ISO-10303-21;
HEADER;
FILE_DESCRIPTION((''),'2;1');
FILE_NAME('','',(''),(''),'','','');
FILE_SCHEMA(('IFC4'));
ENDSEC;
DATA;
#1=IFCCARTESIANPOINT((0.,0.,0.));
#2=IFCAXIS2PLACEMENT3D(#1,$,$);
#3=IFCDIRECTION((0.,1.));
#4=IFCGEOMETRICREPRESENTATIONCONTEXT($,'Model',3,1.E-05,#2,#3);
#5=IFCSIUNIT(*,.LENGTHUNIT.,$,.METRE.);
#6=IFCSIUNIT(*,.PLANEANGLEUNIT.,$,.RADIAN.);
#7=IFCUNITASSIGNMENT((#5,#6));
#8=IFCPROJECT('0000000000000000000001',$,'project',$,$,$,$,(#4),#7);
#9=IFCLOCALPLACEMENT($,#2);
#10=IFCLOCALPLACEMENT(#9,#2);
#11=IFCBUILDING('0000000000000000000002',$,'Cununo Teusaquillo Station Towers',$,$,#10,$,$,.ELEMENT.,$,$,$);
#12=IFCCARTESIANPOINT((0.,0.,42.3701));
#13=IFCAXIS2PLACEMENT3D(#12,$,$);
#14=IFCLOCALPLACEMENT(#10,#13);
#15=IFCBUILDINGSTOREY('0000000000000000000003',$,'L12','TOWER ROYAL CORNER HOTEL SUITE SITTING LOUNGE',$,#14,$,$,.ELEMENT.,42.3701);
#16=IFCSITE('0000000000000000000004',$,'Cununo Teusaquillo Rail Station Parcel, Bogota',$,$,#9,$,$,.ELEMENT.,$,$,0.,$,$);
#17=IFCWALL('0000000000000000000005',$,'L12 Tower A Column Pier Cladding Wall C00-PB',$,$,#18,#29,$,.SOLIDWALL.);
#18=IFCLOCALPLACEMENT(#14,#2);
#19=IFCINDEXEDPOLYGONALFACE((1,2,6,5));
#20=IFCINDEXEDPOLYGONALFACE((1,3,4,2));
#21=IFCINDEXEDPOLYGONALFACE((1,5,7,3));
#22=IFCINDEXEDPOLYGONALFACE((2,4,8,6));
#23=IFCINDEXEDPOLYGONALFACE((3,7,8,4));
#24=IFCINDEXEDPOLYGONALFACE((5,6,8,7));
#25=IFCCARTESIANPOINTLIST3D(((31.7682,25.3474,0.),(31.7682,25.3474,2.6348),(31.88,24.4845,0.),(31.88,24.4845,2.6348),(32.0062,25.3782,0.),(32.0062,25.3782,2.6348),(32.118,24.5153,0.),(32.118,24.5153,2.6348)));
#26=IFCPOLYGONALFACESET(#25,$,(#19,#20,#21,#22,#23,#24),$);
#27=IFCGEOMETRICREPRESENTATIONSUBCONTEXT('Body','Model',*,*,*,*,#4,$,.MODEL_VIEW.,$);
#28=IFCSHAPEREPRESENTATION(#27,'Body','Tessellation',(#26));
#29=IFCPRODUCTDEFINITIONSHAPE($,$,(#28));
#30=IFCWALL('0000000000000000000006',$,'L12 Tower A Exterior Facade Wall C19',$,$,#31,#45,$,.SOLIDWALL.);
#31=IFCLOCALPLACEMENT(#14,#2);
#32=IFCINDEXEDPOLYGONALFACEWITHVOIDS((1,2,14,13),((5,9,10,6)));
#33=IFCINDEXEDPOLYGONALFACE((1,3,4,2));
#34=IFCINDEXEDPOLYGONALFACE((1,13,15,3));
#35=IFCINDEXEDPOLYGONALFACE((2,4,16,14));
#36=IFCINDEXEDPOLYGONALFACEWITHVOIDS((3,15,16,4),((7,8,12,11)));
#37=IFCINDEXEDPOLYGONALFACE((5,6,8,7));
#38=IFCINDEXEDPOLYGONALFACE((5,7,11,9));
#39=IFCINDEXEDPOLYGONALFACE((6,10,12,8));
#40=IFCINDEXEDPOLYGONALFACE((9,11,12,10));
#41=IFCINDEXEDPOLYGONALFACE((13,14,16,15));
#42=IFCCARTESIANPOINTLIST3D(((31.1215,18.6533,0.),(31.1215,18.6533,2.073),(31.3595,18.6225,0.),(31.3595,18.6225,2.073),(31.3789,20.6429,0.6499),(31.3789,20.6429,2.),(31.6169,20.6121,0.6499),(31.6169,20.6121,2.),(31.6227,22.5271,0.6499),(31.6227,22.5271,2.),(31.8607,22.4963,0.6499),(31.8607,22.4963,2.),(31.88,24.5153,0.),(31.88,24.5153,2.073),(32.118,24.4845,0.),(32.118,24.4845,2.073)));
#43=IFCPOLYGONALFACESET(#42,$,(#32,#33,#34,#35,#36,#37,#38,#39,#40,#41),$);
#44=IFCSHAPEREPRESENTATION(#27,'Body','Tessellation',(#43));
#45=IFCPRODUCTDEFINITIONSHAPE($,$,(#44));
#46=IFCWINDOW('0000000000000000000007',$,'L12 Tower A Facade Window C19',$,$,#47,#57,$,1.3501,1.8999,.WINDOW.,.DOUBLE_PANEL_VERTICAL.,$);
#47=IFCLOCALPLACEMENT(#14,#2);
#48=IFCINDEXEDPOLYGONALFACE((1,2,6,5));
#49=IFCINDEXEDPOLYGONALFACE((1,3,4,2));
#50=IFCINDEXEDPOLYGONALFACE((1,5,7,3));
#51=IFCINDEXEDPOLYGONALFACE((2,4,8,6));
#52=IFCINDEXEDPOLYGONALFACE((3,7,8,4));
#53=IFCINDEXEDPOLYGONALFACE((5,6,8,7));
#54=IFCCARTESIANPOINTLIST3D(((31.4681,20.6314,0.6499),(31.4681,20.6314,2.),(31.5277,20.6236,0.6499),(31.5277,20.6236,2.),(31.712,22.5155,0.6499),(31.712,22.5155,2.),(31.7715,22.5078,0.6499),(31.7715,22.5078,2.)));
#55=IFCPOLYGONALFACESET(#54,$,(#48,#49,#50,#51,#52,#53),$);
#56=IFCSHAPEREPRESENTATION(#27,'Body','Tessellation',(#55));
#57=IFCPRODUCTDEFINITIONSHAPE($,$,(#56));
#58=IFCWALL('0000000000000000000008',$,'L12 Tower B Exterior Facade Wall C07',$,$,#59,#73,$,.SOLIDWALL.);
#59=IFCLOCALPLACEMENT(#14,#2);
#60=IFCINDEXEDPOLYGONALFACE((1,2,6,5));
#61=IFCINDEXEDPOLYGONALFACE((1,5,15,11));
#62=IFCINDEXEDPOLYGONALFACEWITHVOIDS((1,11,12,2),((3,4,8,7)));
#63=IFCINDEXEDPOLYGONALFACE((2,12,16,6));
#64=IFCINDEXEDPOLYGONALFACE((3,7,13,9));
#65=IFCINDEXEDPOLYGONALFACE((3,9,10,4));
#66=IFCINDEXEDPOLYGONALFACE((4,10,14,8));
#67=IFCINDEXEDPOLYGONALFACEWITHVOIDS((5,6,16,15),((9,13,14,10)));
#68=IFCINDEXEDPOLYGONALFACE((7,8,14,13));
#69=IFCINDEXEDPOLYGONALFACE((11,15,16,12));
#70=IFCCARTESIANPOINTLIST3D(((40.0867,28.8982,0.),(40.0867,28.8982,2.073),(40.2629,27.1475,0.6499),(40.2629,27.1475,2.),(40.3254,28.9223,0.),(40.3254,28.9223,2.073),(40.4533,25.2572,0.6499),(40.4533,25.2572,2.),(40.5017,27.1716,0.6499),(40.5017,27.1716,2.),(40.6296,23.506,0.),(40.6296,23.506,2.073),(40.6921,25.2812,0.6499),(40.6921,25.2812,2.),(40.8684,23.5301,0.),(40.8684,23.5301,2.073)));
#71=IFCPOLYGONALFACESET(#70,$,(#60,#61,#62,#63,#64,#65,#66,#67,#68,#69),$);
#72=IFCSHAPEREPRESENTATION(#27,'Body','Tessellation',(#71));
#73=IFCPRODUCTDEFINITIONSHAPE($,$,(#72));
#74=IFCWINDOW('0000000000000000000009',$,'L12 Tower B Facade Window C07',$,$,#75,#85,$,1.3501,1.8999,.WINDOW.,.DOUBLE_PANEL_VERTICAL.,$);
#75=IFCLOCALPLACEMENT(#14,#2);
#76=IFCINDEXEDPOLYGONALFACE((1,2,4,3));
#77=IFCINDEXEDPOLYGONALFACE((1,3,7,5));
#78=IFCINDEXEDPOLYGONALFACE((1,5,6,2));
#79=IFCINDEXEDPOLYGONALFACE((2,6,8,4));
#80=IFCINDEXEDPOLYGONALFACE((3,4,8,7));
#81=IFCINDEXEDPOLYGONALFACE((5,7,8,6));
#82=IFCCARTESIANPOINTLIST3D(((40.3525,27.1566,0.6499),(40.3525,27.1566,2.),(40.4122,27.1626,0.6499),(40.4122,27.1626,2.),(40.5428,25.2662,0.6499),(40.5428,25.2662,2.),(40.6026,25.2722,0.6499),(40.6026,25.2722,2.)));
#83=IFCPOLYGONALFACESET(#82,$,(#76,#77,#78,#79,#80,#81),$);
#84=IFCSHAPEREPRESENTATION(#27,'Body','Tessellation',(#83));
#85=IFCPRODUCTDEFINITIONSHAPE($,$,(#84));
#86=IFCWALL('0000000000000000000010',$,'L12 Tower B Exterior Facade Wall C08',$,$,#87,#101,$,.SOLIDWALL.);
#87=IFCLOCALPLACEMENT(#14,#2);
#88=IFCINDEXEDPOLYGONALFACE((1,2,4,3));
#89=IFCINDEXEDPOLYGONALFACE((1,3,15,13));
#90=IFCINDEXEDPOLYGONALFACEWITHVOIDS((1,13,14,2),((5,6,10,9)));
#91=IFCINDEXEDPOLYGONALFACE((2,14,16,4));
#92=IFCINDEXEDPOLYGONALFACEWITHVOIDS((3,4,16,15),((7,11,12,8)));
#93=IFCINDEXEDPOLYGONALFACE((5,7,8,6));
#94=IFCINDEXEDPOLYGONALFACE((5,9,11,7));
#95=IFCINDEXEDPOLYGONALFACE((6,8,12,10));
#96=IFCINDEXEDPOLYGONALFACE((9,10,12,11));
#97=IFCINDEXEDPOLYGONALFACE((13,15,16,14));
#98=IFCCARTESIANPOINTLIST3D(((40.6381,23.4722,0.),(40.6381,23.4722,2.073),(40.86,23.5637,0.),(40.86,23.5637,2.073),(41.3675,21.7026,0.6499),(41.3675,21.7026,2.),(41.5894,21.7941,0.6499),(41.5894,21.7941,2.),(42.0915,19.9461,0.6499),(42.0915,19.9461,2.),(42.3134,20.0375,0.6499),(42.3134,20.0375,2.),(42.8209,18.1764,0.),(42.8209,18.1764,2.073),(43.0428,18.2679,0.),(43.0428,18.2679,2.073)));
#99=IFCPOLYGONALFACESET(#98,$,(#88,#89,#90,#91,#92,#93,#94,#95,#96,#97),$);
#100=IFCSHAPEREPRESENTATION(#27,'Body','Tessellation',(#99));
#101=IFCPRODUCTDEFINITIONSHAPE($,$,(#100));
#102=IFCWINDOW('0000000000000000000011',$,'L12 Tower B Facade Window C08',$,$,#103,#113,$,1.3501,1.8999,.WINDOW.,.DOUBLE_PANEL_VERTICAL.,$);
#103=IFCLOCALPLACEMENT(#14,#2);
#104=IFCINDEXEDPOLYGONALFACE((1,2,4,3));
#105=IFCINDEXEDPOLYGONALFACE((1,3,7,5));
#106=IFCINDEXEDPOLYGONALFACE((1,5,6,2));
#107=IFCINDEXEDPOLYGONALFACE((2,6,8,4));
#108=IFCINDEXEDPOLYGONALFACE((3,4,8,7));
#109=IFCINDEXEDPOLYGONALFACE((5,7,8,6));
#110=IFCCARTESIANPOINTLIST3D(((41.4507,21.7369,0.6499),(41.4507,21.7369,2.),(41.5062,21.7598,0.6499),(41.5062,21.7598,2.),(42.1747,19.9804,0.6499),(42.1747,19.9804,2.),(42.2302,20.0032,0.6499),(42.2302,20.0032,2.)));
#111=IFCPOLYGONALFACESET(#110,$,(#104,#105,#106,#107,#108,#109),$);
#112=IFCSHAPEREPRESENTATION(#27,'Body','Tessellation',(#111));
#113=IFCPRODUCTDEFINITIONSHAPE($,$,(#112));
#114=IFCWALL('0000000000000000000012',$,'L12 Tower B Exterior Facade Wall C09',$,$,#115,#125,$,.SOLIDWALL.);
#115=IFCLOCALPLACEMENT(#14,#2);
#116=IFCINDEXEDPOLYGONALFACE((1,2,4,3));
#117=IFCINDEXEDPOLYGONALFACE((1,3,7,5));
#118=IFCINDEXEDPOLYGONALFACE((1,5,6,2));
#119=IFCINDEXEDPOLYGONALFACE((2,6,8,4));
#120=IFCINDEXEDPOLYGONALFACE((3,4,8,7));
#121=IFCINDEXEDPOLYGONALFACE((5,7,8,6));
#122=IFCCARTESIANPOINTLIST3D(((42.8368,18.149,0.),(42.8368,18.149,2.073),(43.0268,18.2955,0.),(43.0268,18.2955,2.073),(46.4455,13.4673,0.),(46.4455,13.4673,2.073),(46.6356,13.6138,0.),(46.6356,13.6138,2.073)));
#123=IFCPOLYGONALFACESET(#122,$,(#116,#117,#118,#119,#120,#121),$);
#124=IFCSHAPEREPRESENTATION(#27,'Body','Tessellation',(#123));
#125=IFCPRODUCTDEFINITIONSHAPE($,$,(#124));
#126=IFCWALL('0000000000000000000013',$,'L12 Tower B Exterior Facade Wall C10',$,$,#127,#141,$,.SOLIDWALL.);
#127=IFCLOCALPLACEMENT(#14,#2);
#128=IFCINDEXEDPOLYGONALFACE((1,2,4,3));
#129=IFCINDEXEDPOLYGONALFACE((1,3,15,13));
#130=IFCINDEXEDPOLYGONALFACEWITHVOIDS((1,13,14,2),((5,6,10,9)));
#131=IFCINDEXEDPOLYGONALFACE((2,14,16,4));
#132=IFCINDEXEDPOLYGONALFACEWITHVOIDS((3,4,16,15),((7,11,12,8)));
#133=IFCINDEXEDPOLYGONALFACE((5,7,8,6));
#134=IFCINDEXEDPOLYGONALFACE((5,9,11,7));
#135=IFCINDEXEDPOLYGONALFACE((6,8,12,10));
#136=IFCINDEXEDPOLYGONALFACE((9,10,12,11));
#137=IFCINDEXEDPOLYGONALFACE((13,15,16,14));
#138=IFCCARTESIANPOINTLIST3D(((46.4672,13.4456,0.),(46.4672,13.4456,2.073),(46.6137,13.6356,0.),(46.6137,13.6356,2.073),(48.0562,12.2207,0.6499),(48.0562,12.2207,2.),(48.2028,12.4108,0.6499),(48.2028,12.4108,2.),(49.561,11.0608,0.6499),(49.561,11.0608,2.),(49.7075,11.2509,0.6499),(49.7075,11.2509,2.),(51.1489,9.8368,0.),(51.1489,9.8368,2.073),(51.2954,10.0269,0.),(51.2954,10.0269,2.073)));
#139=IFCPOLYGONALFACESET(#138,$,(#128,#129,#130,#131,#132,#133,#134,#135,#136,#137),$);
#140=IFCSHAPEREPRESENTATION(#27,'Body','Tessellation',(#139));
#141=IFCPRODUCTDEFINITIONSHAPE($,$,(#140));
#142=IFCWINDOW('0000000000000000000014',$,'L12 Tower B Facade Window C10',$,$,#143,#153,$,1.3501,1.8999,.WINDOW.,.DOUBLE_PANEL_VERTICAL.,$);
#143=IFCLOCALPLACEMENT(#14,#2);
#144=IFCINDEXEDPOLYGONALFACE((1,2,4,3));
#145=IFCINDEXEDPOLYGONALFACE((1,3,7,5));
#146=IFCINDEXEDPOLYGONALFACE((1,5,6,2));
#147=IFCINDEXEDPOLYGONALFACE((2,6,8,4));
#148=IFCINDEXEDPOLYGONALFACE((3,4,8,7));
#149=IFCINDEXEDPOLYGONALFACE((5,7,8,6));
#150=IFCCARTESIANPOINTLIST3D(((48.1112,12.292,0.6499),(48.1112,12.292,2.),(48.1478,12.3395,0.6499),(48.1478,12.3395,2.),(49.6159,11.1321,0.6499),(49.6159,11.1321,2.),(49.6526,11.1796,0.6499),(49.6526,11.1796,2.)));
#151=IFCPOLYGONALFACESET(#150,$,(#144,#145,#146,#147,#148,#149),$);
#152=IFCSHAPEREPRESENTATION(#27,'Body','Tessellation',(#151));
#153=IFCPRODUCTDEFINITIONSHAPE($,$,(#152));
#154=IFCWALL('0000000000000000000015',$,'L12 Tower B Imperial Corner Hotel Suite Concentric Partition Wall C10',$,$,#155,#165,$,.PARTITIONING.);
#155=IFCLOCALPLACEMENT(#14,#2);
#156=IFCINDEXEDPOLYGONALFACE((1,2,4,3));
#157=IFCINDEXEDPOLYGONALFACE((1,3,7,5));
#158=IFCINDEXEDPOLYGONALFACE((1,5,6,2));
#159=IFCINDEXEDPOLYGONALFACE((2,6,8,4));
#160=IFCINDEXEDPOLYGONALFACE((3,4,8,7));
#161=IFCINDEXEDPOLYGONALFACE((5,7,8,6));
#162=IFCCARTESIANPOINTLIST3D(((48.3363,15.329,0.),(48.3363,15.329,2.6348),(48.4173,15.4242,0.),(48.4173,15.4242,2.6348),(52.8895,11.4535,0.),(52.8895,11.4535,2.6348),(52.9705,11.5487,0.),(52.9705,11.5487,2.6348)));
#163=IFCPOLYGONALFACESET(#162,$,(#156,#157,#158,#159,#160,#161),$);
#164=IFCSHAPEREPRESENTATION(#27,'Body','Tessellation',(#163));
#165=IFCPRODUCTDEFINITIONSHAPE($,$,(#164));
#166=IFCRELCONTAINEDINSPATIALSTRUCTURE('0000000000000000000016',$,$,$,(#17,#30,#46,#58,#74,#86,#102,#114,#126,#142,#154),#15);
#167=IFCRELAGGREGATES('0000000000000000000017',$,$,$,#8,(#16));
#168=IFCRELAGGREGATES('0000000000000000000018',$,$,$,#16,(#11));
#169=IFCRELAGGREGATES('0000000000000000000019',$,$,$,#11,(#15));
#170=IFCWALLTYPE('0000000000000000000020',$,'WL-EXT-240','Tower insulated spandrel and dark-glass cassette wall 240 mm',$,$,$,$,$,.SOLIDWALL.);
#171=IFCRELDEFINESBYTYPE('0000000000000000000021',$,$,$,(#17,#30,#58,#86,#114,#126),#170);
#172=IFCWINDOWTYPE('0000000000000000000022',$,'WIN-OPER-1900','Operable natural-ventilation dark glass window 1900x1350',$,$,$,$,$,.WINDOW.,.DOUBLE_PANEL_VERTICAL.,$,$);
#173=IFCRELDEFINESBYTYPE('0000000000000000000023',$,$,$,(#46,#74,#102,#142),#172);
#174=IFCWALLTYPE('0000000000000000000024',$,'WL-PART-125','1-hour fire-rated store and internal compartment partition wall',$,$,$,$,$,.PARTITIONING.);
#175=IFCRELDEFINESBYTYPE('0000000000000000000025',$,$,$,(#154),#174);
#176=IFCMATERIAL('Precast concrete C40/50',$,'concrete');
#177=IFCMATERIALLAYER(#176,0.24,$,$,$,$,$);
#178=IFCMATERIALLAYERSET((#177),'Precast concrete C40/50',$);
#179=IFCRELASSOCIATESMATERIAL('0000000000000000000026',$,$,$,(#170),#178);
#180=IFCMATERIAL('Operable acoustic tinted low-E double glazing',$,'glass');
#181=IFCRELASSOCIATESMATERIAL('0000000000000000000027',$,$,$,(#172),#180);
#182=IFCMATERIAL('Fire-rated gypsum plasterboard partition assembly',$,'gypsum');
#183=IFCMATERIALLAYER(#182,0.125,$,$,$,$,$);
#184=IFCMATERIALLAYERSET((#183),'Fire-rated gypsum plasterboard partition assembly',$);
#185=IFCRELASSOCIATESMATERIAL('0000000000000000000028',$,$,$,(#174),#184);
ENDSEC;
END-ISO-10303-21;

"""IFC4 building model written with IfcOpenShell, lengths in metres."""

from ifc_helpers import new_model, si_unit, direction, frame, frame_2d, origin, place, context, subcontext, project, spatial, rectangle, extrude, source, transform, mapped, material, layer, layer_set, type_object, element, fill, save


model = new_model("IFC4")

# Units and contexts
model_context = context("Model", 3, precision=1e-05, world=origin(), true_north=direction((0.0, 1.0)))
body_context = subcontext(model_context, "Body", "Model", "MODEL_VIEW")
ifc_project = project(units=[si_unit("LENGTHUNIT", "METRE"), si_unit("PLANEANGLEUNIT", "RADIAN")], contexts=[model_context])

# Site, building, storey
site_placement = place(None, origin())
site = spatial("IfcSite", under=ifc_project, at=site_placement, Name="Cununo Teusaquillo Rail Station Parcel, Bogota", CompositionType="ELEMENT", RefElevation=0.0)
building_placement = place(site_placement, origin())
building = spatial("IfcBuilding", under=site, at=building_placement, Name="Cununo Teusaquillo Station Towers", CompositionType="ELEMENT")
storey_placement = place(building_placement, frame((0.0, 0.0, 42.3701)))
storey = spatial("IfcBuildingStorey", under=building, at=storey_placement, Name="L12", Description="TOWER ROYAL CORNER HOTEL SUITE SITTING LOUNGE", CompositionType="ELEMENT", Elevation=42.3701)

# Wall
ifc_material_1 = material(Name="Precast concrete C40/50", Category="concrete")
ifc_layer_1 = layer(ifc_material_1, 0.24)
ifc_layer_set_1 = layer_set([ifc_layer_1], Name="Precast concrete C40/50")
wall_type_1 = type_object("IfcWallType", Name="WL-EXT-240", Description="Tower insulated spandrel and dark-glass cassette wall 240 mm", PredefinedType="SOLIDWALL", material=ifc_layer_set_1)
wall_1_placement = place(storey_placement, frame((31.8872, 25.3628, 0.0), z_axis=(0.0, 0.0, 1.0), x_axis=(0.128523, -0.991706, 0.0)))
element("IfcWall", 1, at=wall_1_placement, inside=storey, type_object=wall_type_1, Name="L12 Tower A Column Pier Cladding Wall C00-PB", PredefinedType="SOLIDWALL", context=body_context, shape_type="SweptSolid", body=[
    extrude(rectangle(XDim=0.8701, YDim=0.24, at=frame_2d((0.4351, 0.0))), origin(), (0.0, 0.0, 1.0), 2.6348),
])

# Walls, openings, windows
wall_2_placement = place(storey_placement, frame((31.999, 24.5, 0.0), z_axis=(0.0, 0.0, 1.0), x_axis=(-0.128329, -0.991732, 0.0)))
wall_2 = element("IfcWall", 2, at=wall_2_placement, inside=storey, type_object=wall_type_1, Name="L12 Tower A Exterior Facade Wall C19", PredefinedType="SOLIDWALL", context=body_context, shape_type="SweptSolid", body=[
    extrude(rectangle(XDim=5.9109, YDim=0.24, at=frame_2d((2.9556, 0.0))), origin(), (0.0, 0.0, 1.0), 2.073),
])
shared_shape_1 = source(origin(), body_context, "Body", "SweptSolid", [
    extrude(rectangle(XDim=1.8999, YDim=1.3501, at=frame_2d((0.95, 0.675))), frame((0.0, 0.1299, 0.0), z_axis=(0.0, -1.0, 0.0), x_axis=(1.0, 0.0, 0.0)), (0.0, 0.0, 1.0), 0.26),
])
opening_1_placement = place(wall_2_placement, frame((2.0049, 0.0, 0.6499)))
opening_1 = element("IfcOpeningElement", 3, at=opening_1_placement, cuts=wall_2, PredefinedType="OPENING", context=body_context, shape_type="MappedRepresentation", body=[
    mapped(shared_shape_1, transform((0.0, 0.0, 0.0), x_axis=(1.0, 0.0, 0.0), y_axis=(0.0, 1.0, 0.0), z_axis=(0.0, 0.0, 1.0), scale=1.0)),
])
ifc_material_2 = material(Name="Operable acoustic tinted low-E double glazing", Category="glass")
window_type = type_object("IfcWindowType", Name="WIN-OPER-1900", Description="Operable natural-ventilation dark glass window 1900x1350", PartitioningType="DOUBLE_PANEL_VERTICAL", PredefinedType="WINDOW", material=ifc_material_2)
shared_shape_2 = source(origin(), body_context, "Body", "SweptSolid", [
    extrude(rectangle(XDim=1.8999, YDim=1.3501, at=frame_2d((0.95, 0.675))), frame((0.0, 0.03, 0.0), z_axis=(0.0, -1.0, 0.0), x_axis=(1.0, 0.0, 0.0)), (0.0, 0.0, 1.0), 0.0601),
])
window_1_placement = place(opening_1_placement, origin())
window_1 = element("IfcWindow", 4, at=window_1_placement, inside=storey, type_object=window_type, Name="L12 Tower A Facade Window C19", OverallHeight=1.3501, OverallWidth=1.8999, PartitioningType="DOUBLE_PANEL_VERTICAL", PredefinedType="WINDOW", context=body_context, shape_type="MappedRepresentation", body=[
    mapped(shared_shape_2, transform((0.0, 0.0, 0.0), x_axis=(1.0, 0.0, 0.0), y_axis=(0.0, 1.0, 0.0), z_axis=(0.0, 0.0, 1.0), scale=1.0)),
])
fill(opening_1, window_1)
wall_3_placement = place(storey_placement, frame((40.749, 23.5181, 0.0), z_axis=(0.0, 0.0, 1.0), x_axis=(-0.100191, 0.994968, 0.0)))
wall_3 = element("IfcWall", 5, at=wall_3_placement, inside=storey, type_object=wall_type_1, Name="L12 Tower B Exterior Facade Wall C07", PredefinedType="SOLIDWALL", context=body_context, shape_type="SweptSolid", body=[
    extrude(rectangle(XDim=5.4194, YDim=0.24, at=frame_2d((2.7097, 0.0))), origin(), (0.0, 0.0, 1.0), 2.073),
])
opening_2_placement = place(wall_3_placement, frame((1.76, 0.0, 0.6499)))
opening_2 = element("IfcOpeningElement", 6, at=opening_2_placement, cuts=wall_3, PredefinedType="OPENING", context=body_context, shape_type="MappedRepresentation", body=[
    mapped(shared_shape_1, transform((0.0, 0.0, 0.0), x_axis=(1.0, 0.0, 0.0), y_axis=(0.0, 1.0, 0.0), z_axis=(0.0, 0.0, 1.0), scale=1.0)),
])
window_2_placement = place(opening_2_placement, origin())
window_2 = element("IfcWindow", 7, at=window_2_placement, inside=storey, type_object=window_type, Name="L12 Tower B Facade Window C07", OverallHeight=1.3501, OverallWidth=1.8999, PartitioningType="DOUBLE_PANEL_VERTICAL", PredefinedType="WINDOW", context=body_context, shape_type="MappedRepresentation", body=[
    mapped(shared_shape_2, transform((0.0, 0.0, 0.0), x_axis=(1.0, 0.0, 0.0), y_axis=(0.0, 1.0, 0.0), z_axis=(0.0, 0.0, 1.0), scale=1.0)),
])
fill(opening_2, window_2)
wall_4_placement = place(storey_placement, frame((42.9319, 18.2222, 0.0), z_axis=(0.0, 0.0, 1.0), x_axis=(-0.381078, 0.924543, 0.0)))
wall_4 = element("IfcWall", 8, at=wall_4_placement, inside=storey, type_object=wall_type_1, Name="L12 Tower B Exterior Facade Wall C08", PredefinedType="SOLIDWALL", context=body_context, shape_type="SweptSolid", body=[
    extrude(rectangle(XDim=5.728, YDim=0.24, at=frame_2d((2.864, 0.0))), origin(), (0.0, 0.0, 1.0), 2.073),
])
opening_3_placement = place(wall_4_placement, frame((1.9141, 0.0, 0.6499)))
opening_3 = element("IfcOpeningElement", 9, at=opening_3_placement, cuts=wall_4, PredefinedType="OPENING", context=body_context, shape_type="MappedRepresentation", body=[
    mapped(shared_shape_1, transform((0.0, 0.0, 0.0), x_axis=(1.0, 0.0, 0.0), y_axis=(0.0, 1.0, 0.0), z_axis=(0.0, 0.0, 1.0), scale=1.0)),
])
window_3_placement = place(opening_3_placement, origin())
window_3 = element("IfcWindow", 10, at=window_3_placement, inside=storey, type_object=window_type, Name="L12 Tower B Facade Window C08", OverallHeight=1.3501, OverallWidth=1.8999, PartitioningType="DOUBLE_PANEL_VERTICAL", PredefinedType="WINDOW", context=body_context, shape_type="MappedRepresentation", body=[
    mapped(shared_shape_2, transform((0.0, 0.0, 0.0), x_axis=(1.0, 0.0, 0.0), y_axis=(0.0, 1.0, 0.0), z_axis=(0.0, 0.0, 1.0), scale=1.0)),
])
fill(opening_3, window_3)

# Wall
wall_5_placement = place(storey_placement, frame((46.5405, 13.5405, 0.0), z_axis=(0.0, 0.0, 1.0), x_axis=(-0.610495, 0.79202, 0.0)))
element("IfcWall", 11, at=wall_5_placement, inside=storey, type_object=wall_type_1, Name="L12 Tower B Exterior Facade Wall C09", PredefinedType="SOLIDWALL", context=body_context, shape_type="SweptSolid", body=[
    extrude(rectangle(XDim=5.9111, YDim=0.24, at=frame_2d((2.9556, 0.0))), origin(), (0.0, 0.0, 1.0), 2.073),
])

# Wall, opening, window
wall_6_placement = place(storey_placement, frame((51.2222, 9.9319, 0.0), z_axis=(0.0, 0.0, 1.0), x_axis=(-0.79202, 0.610495, 0.0)))
wall_6 = element("IfcWall", 12, at=wall_6_placement, inside=storey, type_object=wall_type_1, Name="L12 Tower B Exterior Facade Wall C10", PredefinedType="SOLIDWALL", context=body_context, shape_type="SweptSolid", body=[
    extrude(rectangle(XDim=5.9111, YDim=0.24, at=frame_2d((2.9556, 0.0))), origin(), (0.0, 0.0, 1.0), 2.073),
])
opening_4_placement = place(wall_6_placement, frame((2.0049, 0.0, 0.6499)))
opening_4 = element("IfcOpeningElement", 13, at=opening_4_placement, cuts=wall_6, PredefinedType="OPENING", context=body_context, shape_type="MappedRepresentation", body=[
    mapped(shared_shape_1, transform((0.0, 0.0, 0.0), x_axis=(1.0, 0.0, 0.0), y_axis=(0.0, 1.0, 0.0), z_axis=(0.0, 0.0, 1.0), scale=1.0)),
])
window_4_placement = place(opening_4_placement, origin())
window_4 = element("IfcWindow", 14, at=window_4_placement, inside=storey, type_object=window_type, Name="L12 Tower B Facade Window C10", OverallHeight=1.3501, OverallWidth=1.8999, PartitioningType="DOUBLE_PANEL_VERTICAL", PredefinedType="WINDOW", context=body_context, shape_type="MappedRepresentation", body=[
    mapped(shared_shape_2, transform((0.0, 0.0, 0.0), x_axis=(1.0, 0.0, 0.0), y_axis=(0.0, 1.0, 0.0), z_axis=(0.0, 0.0, 1.0), scale=1.0)),
])
fill(opening_4, window_4)

# Wall
ifc_material_3 = material(Name="Fire-rated gypsum plasterboard partition assembly", Category="gypsum")
ifc_layer_2 = layer(ifc_material_3, 0.125)
ifc_layer_set_2 = layer_set([ifc_layer_2], Name="Fire-rated gypsum plasterboard partition assembly")
wall_type_2 = type_object("IfcWallType", Name="WL-PART-125", Description="1-hour fire-rated store and internal compartment partition wall", PredefinedType="PARTITIONING", material=ifc_layer_set_2)
wall_7_placement = place(storey_placement, frame((48.3767, 15.3767, 0.0), z_axis=(0.0, 0.0, 1.0), x_axis=(0.761506, -0.648158, 0.0)))
element("IfcWall", 15, at=wall_7_placement, inside=storey, type_object=wall_type_2, Name="L12 Tower B Imperial Corner Hotel Suite Concentric Partition Wall C10", PredefinedType="PARTITIONING", context=body_context, shape_type="SweptSolid", body=[
    extrude(rectangle(XDim=5.9792, YDim=0.125, at=frame_2d((2.9897, 0.0))), origin(), (0.0, 0.0, 1.0), 2.6348),
])

save(model, "model.ifc")
